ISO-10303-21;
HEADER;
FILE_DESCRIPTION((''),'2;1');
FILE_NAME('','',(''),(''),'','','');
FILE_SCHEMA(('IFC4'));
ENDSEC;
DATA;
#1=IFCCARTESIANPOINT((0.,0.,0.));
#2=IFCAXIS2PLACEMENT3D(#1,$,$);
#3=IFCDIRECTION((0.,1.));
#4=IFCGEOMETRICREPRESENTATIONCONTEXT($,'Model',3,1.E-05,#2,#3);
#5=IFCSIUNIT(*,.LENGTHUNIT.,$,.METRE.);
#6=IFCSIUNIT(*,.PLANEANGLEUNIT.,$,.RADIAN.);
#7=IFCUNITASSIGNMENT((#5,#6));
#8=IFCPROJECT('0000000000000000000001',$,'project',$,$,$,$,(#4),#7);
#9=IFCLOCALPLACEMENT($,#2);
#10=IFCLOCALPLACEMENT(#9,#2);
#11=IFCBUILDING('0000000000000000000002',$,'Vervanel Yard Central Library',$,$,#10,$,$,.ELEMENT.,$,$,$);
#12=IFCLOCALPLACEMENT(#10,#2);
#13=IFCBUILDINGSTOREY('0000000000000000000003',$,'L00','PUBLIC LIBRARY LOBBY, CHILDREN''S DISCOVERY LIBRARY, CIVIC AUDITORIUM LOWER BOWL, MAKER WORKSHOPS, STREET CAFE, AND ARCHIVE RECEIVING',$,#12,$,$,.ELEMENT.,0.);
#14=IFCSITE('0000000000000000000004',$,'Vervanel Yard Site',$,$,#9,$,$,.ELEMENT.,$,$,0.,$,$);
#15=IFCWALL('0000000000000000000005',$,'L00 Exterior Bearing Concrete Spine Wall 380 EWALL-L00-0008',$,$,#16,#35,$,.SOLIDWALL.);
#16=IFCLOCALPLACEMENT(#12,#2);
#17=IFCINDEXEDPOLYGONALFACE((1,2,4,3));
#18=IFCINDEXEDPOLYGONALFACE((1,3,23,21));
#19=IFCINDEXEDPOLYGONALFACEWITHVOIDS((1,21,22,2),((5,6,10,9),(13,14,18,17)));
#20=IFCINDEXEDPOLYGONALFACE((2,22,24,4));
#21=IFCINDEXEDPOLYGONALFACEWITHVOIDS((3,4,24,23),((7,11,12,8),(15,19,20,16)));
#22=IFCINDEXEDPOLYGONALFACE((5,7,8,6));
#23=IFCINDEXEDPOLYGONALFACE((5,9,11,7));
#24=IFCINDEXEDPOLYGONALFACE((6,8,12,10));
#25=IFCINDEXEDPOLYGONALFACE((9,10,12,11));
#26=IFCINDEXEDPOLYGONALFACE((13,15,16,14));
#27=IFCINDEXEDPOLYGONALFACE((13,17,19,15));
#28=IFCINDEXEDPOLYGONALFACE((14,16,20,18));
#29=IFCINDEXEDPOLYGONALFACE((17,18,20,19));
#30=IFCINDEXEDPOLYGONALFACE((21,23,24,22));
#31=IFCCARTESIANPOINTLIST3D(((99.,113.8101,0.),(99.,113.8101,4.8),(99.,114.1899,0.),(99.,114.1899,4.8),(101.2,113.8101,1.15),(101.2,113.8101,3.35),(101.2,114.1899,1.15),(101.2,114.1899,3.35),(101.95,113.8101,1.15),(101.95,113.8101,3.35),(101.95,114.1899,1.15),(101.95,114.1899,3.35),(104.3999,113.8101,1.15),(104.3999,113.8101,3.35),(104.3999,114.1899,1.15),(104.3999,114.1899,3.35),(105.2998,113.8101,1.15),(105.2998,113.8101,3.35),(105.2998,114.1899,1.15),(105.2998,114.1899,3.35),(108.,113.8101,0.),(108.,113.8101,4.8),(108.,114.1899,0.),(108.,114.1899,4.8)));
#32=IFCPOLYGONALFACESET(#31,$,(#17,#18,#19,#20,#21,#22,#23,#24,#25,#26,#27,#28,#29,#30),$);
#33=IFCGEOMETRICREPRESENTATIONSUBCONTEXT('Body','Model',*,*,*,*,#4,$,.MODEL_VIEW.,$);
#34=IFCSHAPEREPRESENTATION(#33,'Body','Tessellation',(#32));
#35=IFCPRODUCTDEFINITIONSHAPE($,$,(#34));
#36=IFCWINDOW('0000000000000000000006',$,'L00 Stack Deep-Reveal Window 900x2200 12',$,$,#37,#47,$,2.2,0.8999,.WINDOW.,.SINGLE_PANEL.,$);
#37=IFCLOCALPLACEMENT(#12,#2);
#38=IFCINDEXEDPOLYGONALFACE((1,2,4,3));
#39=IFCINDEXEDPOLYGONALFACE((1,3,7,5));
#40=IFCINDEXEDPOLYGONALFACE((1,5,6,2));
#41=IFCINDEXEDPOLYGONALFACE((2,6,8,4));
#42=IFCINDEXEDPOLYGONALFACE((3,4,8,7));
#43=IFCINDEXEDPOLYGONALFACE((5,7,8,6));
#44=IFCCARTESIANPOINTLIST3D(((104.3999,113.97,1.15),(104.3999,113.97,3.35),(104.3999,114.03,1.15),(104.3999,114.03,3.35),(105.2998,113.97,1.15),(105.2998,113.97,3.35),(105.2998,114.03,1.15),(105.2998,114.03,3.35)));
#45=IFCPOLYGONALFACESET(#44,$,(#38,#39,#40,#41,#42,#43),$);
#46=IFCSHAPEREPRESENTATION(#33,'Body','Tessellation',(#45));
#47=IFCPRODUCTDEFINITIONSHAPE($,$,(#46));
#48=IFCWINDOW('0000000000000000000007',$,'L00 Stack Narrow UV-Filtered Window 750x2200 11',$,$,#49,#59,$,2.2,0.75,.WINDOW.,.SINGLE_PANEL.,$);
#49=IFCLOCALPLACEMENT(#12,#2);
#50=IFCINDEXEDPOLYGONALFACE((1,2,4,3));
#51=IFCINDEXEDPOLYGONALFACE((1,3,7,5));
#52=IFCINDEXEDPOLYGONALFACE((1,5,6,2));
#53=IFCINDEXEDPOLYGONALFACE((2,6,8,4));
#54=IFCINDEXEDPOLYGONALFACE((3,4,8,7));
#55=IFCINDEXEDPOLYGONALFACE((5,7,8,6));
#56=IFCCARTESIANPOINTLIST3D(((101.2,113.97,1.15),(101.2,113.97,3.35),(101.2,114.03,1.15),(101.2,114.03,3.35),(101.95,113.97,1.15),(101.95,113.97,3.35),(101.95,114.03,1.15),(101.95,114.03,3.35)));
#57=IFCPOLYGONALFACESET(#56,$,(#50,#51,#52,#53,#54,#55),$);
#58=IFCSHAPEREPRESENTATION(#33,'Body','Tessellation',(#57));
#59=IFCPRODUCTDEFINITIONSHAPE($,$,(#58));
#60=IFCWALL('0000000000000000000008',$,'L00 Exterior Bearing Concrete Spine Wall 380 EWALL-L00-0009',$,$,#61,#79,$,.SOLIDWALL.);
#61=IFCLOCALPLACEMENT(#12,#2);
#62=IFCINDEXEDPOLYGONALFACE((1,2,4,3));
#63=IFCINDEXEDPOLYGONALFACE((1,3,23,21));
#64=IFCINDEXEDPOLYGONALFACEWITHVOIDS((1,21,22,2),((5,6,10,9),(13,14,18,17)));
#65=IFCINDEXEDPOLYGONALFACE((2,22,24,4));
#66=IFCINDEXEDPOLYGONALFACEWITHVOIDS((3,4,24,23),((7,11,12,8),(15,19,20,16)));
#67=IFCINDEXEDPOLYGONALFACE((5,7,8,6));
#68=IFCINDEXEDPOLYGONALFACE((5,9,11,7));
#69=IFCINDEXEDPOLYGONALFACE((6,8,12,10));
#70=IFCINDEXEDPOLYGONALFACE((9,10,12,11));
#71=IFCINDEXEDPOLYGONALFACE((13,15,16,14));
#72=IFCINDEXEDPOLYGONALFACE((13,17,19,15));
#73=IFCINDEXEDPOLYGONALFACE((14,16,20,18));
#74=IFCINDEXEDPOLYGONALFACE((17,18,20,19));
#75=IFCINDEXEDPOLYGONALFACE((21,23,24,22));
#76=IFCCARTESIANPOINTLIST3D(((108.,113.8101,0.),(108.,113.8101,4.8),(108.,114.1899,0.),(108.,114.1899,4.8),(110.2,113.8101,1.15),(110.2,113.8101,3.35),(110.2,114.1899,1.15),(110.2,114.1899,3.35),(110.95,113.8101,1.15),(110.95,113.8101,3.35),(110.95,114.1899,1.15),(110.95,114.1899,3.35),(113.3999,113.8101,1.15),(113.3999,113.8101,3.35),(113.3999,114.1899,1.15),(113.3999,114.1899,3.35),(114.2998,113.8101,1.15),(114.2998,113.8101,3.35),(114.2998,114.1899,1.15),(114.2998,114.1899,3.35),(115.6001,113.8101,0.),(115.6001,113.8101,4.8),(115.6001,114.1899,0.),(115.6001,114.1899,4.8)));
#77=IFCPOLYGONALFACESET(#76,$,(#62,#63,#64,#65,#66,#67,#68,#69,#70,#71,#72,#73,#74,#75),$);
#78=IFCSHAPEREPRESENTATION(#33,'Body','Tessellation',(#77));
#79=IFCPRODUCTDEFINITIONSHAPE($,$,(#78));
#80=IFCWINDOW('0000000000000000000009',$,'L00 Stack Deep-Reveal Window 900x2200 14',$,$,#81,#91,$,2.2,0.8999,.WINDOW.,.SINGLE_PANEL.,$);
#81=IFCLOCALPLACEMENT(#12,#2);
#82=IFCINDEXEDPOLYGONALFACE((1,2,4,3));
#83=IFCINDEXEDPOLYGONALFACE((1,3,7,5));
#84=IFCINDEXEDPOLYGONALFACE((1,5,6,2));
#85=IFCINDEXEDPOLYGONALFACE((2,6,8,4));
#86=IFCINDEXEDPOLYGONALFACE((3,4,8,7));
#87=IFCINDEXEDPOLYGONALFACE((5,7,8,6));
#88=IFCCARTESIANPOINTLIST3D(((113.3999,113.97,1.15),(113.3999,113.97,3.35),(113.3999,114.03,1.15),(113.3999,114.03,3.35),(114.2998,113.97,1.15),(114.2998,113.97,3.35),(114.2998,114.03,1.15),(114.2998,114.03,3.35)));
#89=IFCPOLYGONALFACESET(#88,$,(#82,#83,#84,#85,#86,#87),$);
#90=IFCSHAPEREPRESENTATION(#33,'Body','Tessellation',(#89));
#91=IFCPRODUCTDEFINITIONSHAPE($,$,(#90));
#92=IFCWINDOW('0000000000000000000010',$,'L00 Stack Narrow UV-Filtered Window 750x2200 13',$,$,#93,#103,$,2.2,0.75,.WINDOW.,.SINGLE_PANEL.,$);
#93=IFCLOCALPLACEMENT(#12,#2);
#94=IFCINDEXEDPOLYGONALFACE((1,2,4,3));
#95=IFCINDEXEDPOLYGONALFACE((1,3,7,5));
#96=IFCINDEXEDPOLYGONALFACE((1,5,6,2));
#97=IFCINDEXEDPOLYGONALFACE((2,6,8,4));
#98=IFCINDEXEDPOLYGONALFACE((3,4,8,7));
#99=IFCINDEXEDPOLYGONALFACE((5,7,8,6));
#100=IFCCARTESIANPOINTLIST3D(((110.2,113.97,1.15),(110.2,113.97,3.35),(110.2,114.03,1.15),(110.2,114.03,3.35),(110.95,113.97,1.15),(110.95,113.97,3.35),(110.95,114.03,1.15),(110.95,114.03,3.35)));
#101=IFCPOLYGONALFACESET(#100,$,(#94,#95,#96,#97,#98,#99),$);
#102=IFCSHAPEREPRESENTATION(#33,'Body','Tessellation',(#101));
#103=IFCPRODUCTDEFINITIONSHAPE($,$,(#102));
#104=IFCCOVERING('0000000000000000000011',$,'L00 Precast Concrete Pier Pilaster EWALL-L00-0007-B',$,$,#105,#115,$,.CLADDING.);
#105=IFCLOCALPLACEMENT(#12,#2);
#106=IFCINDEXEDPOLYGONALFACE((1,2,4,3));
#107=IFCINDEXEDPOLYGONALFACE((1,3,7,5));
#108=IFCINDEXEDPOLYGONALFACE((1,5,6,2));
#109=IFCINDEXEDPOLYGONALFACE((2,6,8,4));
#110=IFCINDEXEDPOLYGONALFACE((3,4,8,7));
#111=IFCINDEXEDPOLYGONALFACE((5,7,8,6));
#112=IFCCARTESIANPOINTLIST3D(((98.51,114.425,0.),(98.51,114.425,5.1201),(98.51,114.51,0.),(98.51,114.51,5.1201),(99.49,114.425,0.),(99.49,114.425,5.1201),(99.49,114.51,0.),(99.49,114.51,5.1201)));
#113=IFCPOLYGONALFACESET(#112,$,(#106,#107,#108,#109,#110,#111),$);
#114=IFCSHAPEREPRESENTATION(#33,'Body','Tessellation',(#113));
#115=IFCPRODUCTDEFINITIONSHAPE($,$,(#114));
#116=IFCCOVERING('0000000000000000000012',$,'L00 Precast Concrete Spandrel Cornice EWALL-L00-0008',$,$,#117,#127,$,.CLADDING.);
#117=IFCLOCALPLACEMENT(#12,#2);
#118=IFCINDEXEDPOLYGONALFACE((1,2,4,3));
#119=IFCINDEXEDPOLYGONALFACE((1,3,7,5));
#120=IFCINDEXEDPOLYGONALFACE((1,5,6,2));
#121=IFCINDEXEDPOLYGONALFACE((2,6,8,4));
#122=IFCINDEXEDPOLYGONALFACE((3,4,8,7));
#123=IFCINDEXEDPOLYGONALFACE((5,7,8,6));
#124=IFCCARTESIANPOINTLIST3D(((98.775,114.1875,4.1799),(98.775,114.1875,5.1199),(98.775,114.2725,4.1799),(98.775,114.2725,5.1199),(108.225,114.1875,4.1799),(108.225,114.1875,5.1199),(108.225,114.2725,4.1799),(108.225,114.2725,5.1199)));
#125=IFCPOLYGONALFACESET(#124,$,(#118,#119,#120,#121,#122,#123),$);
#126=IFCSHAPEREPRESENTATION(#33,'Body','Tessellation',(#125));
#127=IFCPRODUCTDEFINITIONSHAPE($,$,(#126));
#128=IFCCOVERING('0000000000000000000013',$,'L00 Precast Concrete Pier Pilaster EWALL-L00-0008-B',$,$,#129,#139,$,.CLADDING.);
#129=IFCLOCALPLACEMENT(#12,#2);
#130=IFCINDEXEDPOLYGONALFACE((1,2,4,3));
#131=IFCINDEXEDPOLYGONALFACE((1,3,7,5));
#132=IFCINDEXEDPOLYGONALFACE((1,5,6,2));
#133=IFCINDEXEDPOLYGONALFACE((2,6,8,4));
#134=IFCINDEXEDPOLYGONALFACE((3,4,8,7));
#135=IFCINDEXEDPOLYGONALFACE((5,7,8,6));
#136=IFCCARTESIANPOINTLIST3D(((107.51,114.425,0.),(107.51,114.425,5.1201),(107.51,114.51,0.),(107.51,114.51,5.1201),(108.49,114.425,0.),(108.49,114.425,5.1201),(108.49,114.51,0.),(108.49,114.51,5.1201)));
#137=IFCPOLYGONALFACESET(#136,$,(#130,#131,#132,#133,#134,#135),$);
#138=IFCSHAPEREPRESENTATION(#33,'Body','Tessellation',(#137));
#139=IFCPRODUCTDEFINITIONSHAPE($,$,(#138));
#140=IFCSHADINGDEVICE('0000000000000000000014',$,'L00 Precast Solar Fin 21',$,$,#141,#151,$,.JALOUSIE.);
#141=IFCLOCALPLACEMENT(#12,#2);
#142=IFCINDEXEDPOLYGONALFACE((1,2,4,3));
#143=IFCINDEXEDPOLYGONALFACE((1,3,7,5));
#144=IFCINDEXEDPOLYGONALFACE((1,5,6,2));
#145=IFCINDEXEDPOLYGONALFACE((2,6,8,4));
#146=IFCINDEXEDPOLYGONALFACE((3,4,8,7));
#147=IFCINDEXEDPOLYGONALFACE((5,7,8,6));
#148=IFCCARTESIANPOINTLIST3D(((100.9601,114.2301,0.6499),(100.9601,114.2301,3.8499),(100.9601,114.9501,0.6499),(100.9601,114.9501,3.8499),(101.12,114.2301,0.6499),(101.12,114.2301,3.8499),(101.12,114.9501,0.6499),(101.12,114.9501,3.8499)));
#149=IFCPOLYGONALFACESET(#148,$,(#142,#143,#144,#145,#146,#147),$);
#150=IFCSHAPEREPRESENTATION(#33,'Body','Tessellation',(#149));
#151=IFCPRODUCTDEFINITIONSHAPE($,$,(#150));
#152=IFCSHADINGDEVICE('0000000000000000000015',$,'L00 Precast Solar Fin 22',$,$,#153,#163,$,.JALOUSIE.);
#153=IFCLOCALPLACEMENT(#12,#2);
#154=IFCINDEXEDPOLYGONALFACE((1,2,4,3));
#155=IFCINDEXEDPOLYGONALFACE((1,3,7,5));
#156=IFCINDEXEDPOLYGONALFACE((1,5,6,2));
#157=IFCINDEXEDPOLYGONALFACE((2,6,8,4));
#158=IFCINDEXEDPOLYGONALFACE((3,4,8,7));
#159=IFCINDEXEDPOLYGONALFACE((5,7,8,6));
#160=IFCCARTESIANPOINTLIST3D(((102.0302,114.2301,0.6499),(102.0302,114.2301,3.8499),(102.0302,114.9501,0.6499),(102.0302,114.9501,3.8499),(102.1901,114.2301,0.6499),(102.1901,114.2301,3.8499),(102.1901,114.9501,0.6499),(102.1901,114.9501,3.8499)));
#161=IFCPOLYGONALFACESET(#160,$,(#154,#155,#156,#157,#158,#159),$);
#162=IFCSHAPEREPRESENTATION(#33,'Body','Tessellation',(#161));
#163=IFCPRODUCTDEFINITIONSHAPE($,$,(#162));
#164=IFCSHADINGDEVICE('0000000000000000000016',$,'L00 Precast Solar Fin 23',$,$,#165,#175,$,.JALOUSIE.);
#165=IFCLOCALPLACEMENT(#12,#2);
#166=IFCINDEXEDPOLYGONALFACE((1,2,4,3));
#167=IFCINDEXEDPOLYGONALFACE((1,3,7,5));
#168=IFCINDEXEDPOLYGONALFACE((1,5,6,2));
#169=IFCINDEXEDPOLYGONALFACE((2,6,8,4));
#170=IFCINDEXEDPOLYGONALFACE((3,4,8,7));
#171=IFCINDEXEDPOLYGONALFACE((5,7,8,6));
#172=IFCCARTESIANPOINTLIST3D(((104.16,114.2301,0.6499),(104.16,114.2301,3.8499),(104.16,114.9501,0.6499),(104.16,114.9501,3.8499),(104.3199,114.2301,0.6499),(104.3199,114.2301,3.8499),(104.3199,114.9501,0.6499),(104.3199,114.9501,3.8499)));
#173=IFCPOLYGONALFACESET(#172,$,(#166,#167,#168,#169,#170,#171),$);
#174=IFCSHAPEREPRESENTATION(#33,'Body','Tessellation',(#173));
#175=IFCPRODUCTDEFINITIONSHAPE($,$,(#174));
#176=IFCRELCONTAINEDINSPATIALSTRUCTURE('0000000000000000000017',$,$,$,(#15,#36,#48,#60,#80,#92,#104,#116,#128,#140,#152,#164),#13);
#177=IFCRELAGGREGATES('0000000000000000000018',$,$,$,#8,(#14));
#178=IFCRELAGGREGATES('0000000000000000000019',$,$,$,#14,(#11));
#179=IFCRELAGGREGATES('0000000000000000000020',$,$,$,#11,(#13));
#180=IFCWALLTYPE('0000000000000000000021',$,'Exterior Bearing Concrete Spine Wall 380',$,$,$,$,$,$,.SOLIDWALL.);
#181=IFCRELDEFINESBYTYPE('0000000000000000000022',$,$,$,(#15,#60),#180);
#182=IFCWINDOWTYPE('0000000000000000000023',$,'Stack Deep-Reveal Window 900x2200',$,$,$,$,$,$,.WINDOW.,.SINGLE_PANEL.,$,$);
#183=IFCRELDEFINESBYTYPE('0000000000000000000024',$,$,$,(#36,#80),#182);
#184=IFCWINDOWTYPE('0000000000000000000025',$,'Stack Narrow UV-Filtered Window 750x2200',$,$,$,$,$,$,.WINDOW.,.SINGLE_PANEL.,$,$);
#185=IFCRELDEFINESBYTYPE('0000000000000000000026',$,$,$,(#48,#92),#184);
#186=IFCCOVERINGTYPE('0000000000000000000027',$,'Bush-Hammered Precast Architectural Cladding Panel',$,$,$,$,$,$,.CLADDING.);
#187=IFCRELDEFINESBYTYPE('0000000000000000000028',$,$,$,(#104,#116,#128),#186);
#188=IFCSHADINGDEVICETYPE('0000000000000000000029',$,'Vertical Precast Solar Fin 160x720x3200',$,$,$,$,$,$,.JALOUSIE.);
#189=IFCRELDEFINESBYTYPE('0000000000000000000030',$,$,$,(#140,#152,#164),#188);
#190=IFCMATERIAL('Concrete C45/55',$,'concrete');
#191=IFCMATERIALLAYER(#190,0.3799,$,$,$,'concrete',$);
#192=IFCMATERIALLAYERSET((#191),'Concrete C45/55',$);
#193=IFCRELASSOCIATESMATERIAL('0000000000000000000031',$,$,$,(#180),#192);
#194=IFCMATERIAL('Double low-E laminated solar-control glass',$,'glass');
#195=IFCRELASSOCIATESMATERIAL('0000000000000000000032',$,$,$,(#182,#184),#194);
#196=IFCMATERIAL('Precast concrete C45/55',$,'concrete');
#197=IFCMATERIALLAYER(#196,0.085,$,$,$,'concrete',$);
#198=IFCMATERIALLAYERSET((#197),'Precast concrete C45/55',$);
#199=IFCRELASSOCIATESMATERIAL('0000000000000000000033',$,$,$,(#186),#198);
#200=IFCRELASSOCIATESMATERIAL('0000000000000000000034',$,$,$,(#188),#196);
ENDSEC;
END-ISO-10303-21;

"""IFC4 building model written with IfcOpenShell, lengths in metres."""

from ifc_helpers import new_model, si_unit, direction, frame, frame_2d, origin, origin_2d, place, context, subcontext, project, spatial, rectangle, extrude, material, layer, layer_set, type_object, element, fill, save


model = new_model("IFC4")

# Units and contexts
model_context = context("Model", 3, precision=1e-05, world=origin(), true_north=direction((0.0, 1.0)))
body_context = subcontext(model_context, "Body", "Model", "MODEL_VIEW")
ifc_project = project(units=[si_unit("LENGTHUNIT", "METRE"), si_unit("PLANEANGLEUNIT", "RADIAN")], contexts=[model_context])

# Site, building, storey
site_placement = place(None, origin())
site = spatial("IfcSite", under=ifc_project, at=site_placement, Name="Vervanel Yard Site", CompositionType="ELEMENT", RefElevation=0.0)
building_placement = place(site_placement, origin())
building = spatial("IfcBuilding", under=site, at=building_placement, Name="Vervanel Yard Central Library", CompositionType="ELEMENT")
storey_placement = place(building_placement, origin())
storey = spatial("IfcBuildingStorey", under=building, at=storey_placement, Name="L00", Description="PUBLIC LIBRARY LOBBY, CHILDREN'S DISCOVERY LIBRARY, CIVIC AUDITORIUM LOWER BOWL, MAKER WORKSHOPS, STREET CAFE, AND ARCHIVE RECEIVING", CompositionType="ELEMENT", Elevation=0.0)

# Shared definitions
ifc_material_1 = material(Name="Concrete C45/55", Category="concrete")

# Walls, openings, windows
ifc_layer_1 = layer(ifc_material_1, 0.3799, Category="concrete")
ifc_layer_set_1 = layer_set([ifc_layer_1], Name="Concrete C45/55")
wall_type = type_object("IfcWallType", Name="Exterior Bearing Concrete Spine Wall 380", PredefinedType="SOLIDWALL", material=ifc_layer_set_1)
wall_1_placement = place(storey_placement, frame((99.0, 114.0, 0.0), z_axis=(0.0, 0.0, 1.0), x_axis=(1.0, 0.0, 0.0)))
wall_1 = element("IfcWall", 1, at=wall_1_placement, inside=storey, type_object=wall_type, Name="L00 Exterior Bearing Concrete Spine Wall 380 EWALL-L00-0008", PredefinedType="SOLIDWALL", context=body_context, shape_type="SweptSolid", body=[
    extrude(rectangle(XDim=9.0, YDim=0.3799, at=frame_2d((4.5, 0.0))), origin(), (0.0, 0.0, 1.0), 4.8),
])
opening_1_placement = place(wall_1_placement, frame((2.2, 0.0, 1.1499)))
opening_1 = element("IfcOpeningElement", 2, at=opening_1_placement, cuts=wall_1, PredefinedType="OPENING", context=body_context, shape_type="SweptSolid", body=[
    extrude(rectangle(XDim=0.75, YDim=2.2, at=frame_2d((0.375, 1.1001))), frame((0.0, 0.2, 0.0), z_axis=(0.0, -1.0, 0.0), x_axis=(1.0, 0.0, 0.0)), (0.0, 0.0, 1.0), 0.3999),
])
opening_2_placement = place(wall_1_placement, frame((5.3999, 0.0, 1.1499)))
opening_2 = element("IfcOpeningElement", 3, at=opening_2_placement, cuts=wall_1, PredefinedType="OPENING", context=body_context, shape_type="SweptSolid", body=[
    extrude(rectangle(XDim=0.8999, YDim=2.2, at=frame_2d((0.45, 1.1001))), frame((0.0, 0.2, 0.0), z_axis=(0.0, -1.0, 0.0), x_axis=(1.0, 0.0, 0.0)), (0.0, 0.0, 1.0), 0.3999),
])
ifc_material_2 = material(Name="Double low-E laminated solar-control glass", Category="glass")
window_type_1 = type_object("IfcWindowType", Name="Stack Deep-Reveal Window 900x2200", PartitioningType="SINGLE_PANEL", PredefinedType="WINDOW", material=ifc_material_2)
window_1_placement = place(opening_2_placement, origin())
window_1 = element("IfcWindow", 4, at=window_1_placement, inside=storey, type_object=window_type_1, Name="L00 Stack Deep-Reveal Window 900x2200 12", OverallHeight=2.2, OverallWidth=0.8999, PartitioningType="SINGLE_PANEL", PredefinedType="WINDOW", context=body_context, shape_type="SweptSolid", body=[
    extrude(rectangle(XDim=0.8999, YDim=2.2, at=frame_2d((0.45, 1.1001))), frame((0.0, 0.03, 0.0), z_axis=(0.0, -1.0, 0.0), x_axis=(1.0, 0.0, 0.0)), (0.0, 0.0, 1.0), 0.0601),
])
fill(opening_2, window_1)
window_type_2 = type_object("IfcWindowType", Name="Stack Narrow UV-Filtered Window 750x2200", PartitioningType="SINGLE_PANEL", PredefinedType="WINDOW", material=ifc_material_2)
window_2_placement = place(opening_1_placement, origin())
window_2 = element("IfcWindow", 5, at=window_2_placement, inside=storey, type_object=window_type_2, Name="L00 Stack Narrow UV-Filtered Window 750x2200 11", OverallHeight=2.2, OverallWidth=0.75, PartitioningType="SINGLE_PANEL", PredefinedType="WINDOW", context=body_context, shape_type="SweptSolid", body=[
    extrude(rectangle(XDim=0.75, YDim=2.2, at=frame_2d((0.375, 1.1001))), frame((0.0, 0.03, 0.0), z_axis=(0.0, -1.0, 0.0), x_axis=(1.0, 0.0, 0.0)), (0.0, 0.0, 1.0), 0.0601),
])
fill(opening_1, window_2)
wall_2_placement = place(storey_placement, frame((108.0, 114.0, 0.0), z_axis=(0.0, 0.0, 1.0), x_axis=(1.0, 0.0, 0.0)))
wall_2 = element("IfcWall", 6, at=wall_2_placement, inside=storey, type_object=wall_type, Name="L00 Exterior Bearing Concrete Spine Wall 380 EWALL-L00-0009", PredefinedType="SOLIDWALL", context=body_context, shape_type="SweptSolid", body=[
    extrude(rectangle(XDim=7.6001, YDim=0.3799, at=frame_2d((3.8, 0.0))), origin(), (0.0, 0.0, 1.0), 4.8),
])
opening_3_placement = place(wall_2_placement, frame((2.2, 0.0, 1.1499)))
opening_3 = element("IfcOpeningElement", 7, at=opening_3_placement, cuts=wall_2, PredefinedType="OPENING", context=body_context, shape_type="SweptSolid", body=[
    extrude(rectangle(XDim=0.75, YDim=2.2, at=frame_2d((0.375, 1.1001))), frame((0.0, 0.2, 0.0), z_axis=(0.0, -1.0, 0.0), x_axis=(1.0, 0.0, 0.0)), (0.0, 0.0, 1.0), 0.3999),
])
opening_4_placement = place(wall_2_placement, frame((5.3999, 0.0, 1.1499)))
opening_4 = element("IfcOpeningElement", 8, at=opening_4_placement, cuts=wall_2, PredefinedType="OPENING", context=body_context, shape_type="SweptSolid", body=[
    extrude(rectangle(XDim=0.8999, YDim=2.2, at=frame_2d((0.45, 1.1001))), frame((0.0, 0.2, 0.0), z_axis=(0.0, -1.0, 0.0), x_axis=(1.0, 0.0, 0.0)), (0.0, 0.0, 1.0), 0.3999),
])
window_3_placement = place(opening_4_placement, origin())
window_3 = element("IfcWindow", 9, at=window_3_placement, inside=storey, type_object=window_type_1, Name="L00 Stack Deep-Reveal Window 900x2200 14", OverallHeight=2.2, OverallWidth=0.8999, PartitioningType="SINGLE_PANEL", PredefinedType="WINDOW", context=body_context, shape_type="SweptSolid", body=[
    extrude(rectangle(XDim=0.8999, YDim=2.2, at=frame_2d((0.45, 1.1001))), frame((0.0, 0.03, 0.0), z_axis=(0.0, -1.0, 0.0), x_axis=(1.0, 0.0, 0.0)), (0.0, 0.0, 1.0), 0.0601),
])
fill(opening_4, window_3)
window_4_placement = place(opening_3_placement, origin())
window_4 = element("IfcWindow", 10, at=window_4_placement, inside=storey, type_object=window_type_2, Name="L00 Stack Narrow UV-Filtered Window 750x2200 13", OverallHeight=2.2, OverallWidth=0.75, PartitioningType="SINGLE_PANEL", PredefinedType="WINDOW", context=body_context, shape_type="SweptSolid", body=[
    extrude(rectangle(XDim=0.75, YDim=2.2, at=frame_2d((0.375, 1.1001))), frame((0.0, 0.03, 0.0), z_axis=(0.0, -1.0, 0.0), x_axis=(1.0, 0.0, 0.0)), (0.0, 0.0, 1.0), 0.0601),
])
fill(opening_3, window_4)

# Coverings
ifc_material_3 = material(Name="Precast concrete C45/55", Category="concrete")
ifc_layer_2 = layer(ifc_material_3, 0.085, Category="concrete")
ifc_layer_set_2 = layer_set([ifc_layer_2], Name="Precast concrete C45/55")
covering_type = type_object("IfcCoveringType", Name="Bush-Hammered Precast Architectural Cladding Panel", PredefinedType="CLADDING", material=ifc_layer_set_2)
covering_1_placement = place(storey_placement, frame((99.0, 114.4675, 0.0), z_axis=(0.0, 0.0, 1.0), x_axis=(1.0, 0.0, 0.0)))
element("IfcCovering", 11, at=covering_1_placement, inside=storey, type_object=covering_type, Name="L00 Precast Concrete Pier Pilaster EWALL-L00-0007-B", PredefinedType="CLADDING", context=body_context, shape_type="SweptSolid", body=[
    extrude(rectangle(XDim=0.98, YDim=0.085, at=origin_2d()), origin(), (0.0, 0.0, 1.0), 5.1201),
])
covering_2_placement = place(storey_placement, frame((103.5, 114.23, 4.1799), z_axis=(0.0, 0.0, 1.0), x_axis=(1.0, 0.0, 0.0)))
element("IfcCovering", 12, at=covering_2_placement, inside=storey, type_object=covering_type, Name="L00 Precast Concrete Spandrel Cornice EWALL-L00-0008", PredefinedType="CLADDING", context=body_context, shape_type="SweptSolid", body=[
    extrude(rectangle(XDim=9.45, YDim=0.085, at=origin_2d()), origin(), (0.0, 0.0, 1.0), 0.9399),
])
covering_3_placement = place(storey_placement, frame((108.0, 114.4675, 0.0), z_axis=(0.0, 0.0, 1.0), x_axis=(1.0, 0.0, 0.0)))
element("IfcCovering", 13, at=covering_3_placement, inside=storey, type_object=covering_type, Name="L00 Precast Concrete Pier Pilaster EWALL-L00-0008-B", PredefinedType="CLADDING", context=body_context, shape_type="SweptSolid", body=[
    extrude(rectangle(XDim=0.98, YDim=0.085, at=origin_2d()), origin(), (0.0, 0.0, 1.0), 5.1201),
])

# Shading devices
shading_device_type = type_object("IfcShadingDeviceType", Name="Vertical Precast Solar Fin 160x720x3200", PredefinedType="JALOUSIE", material=ifc_material_3)
for number, where, z_axis, x_axis, name in (
    (14, (101.04, 114.5901, 0.6499), (0.0, 0.0, 1.0), (1.0, 0.0, 0.0), "L00 Precast Solar Fin 21"),
    (15, (102.1101, 114.5901, 0.6499), (0.0, 0.0, 1.0), (1.0, 0.0, 0.0), "L00 Precast Solar Fin 22"),
    (16, (104.24, 114.5901, 0.6499), (0.0, 0.0, 1.0), (1.0, 0.0, 0.0), "L00 Precast Solar Fin 23"),
):
    element("IfcShadingDevice", number, at=place(storey_placement, frame(where, z_axis=z_axis, x_axis=x_axis)), inside=storey, type_object=shading_device_type, Name=name, PredefinedType="JALOUSIE", context=body_context, shape_type="SweptSolid", body=[
        extrude(rectangle(XDim=0.1599, YDim=0.72, at=origin_2d()), origin(), (0.0, 0.0, 1.0), 3.2),
    ])

save(model, "model.ifc")
